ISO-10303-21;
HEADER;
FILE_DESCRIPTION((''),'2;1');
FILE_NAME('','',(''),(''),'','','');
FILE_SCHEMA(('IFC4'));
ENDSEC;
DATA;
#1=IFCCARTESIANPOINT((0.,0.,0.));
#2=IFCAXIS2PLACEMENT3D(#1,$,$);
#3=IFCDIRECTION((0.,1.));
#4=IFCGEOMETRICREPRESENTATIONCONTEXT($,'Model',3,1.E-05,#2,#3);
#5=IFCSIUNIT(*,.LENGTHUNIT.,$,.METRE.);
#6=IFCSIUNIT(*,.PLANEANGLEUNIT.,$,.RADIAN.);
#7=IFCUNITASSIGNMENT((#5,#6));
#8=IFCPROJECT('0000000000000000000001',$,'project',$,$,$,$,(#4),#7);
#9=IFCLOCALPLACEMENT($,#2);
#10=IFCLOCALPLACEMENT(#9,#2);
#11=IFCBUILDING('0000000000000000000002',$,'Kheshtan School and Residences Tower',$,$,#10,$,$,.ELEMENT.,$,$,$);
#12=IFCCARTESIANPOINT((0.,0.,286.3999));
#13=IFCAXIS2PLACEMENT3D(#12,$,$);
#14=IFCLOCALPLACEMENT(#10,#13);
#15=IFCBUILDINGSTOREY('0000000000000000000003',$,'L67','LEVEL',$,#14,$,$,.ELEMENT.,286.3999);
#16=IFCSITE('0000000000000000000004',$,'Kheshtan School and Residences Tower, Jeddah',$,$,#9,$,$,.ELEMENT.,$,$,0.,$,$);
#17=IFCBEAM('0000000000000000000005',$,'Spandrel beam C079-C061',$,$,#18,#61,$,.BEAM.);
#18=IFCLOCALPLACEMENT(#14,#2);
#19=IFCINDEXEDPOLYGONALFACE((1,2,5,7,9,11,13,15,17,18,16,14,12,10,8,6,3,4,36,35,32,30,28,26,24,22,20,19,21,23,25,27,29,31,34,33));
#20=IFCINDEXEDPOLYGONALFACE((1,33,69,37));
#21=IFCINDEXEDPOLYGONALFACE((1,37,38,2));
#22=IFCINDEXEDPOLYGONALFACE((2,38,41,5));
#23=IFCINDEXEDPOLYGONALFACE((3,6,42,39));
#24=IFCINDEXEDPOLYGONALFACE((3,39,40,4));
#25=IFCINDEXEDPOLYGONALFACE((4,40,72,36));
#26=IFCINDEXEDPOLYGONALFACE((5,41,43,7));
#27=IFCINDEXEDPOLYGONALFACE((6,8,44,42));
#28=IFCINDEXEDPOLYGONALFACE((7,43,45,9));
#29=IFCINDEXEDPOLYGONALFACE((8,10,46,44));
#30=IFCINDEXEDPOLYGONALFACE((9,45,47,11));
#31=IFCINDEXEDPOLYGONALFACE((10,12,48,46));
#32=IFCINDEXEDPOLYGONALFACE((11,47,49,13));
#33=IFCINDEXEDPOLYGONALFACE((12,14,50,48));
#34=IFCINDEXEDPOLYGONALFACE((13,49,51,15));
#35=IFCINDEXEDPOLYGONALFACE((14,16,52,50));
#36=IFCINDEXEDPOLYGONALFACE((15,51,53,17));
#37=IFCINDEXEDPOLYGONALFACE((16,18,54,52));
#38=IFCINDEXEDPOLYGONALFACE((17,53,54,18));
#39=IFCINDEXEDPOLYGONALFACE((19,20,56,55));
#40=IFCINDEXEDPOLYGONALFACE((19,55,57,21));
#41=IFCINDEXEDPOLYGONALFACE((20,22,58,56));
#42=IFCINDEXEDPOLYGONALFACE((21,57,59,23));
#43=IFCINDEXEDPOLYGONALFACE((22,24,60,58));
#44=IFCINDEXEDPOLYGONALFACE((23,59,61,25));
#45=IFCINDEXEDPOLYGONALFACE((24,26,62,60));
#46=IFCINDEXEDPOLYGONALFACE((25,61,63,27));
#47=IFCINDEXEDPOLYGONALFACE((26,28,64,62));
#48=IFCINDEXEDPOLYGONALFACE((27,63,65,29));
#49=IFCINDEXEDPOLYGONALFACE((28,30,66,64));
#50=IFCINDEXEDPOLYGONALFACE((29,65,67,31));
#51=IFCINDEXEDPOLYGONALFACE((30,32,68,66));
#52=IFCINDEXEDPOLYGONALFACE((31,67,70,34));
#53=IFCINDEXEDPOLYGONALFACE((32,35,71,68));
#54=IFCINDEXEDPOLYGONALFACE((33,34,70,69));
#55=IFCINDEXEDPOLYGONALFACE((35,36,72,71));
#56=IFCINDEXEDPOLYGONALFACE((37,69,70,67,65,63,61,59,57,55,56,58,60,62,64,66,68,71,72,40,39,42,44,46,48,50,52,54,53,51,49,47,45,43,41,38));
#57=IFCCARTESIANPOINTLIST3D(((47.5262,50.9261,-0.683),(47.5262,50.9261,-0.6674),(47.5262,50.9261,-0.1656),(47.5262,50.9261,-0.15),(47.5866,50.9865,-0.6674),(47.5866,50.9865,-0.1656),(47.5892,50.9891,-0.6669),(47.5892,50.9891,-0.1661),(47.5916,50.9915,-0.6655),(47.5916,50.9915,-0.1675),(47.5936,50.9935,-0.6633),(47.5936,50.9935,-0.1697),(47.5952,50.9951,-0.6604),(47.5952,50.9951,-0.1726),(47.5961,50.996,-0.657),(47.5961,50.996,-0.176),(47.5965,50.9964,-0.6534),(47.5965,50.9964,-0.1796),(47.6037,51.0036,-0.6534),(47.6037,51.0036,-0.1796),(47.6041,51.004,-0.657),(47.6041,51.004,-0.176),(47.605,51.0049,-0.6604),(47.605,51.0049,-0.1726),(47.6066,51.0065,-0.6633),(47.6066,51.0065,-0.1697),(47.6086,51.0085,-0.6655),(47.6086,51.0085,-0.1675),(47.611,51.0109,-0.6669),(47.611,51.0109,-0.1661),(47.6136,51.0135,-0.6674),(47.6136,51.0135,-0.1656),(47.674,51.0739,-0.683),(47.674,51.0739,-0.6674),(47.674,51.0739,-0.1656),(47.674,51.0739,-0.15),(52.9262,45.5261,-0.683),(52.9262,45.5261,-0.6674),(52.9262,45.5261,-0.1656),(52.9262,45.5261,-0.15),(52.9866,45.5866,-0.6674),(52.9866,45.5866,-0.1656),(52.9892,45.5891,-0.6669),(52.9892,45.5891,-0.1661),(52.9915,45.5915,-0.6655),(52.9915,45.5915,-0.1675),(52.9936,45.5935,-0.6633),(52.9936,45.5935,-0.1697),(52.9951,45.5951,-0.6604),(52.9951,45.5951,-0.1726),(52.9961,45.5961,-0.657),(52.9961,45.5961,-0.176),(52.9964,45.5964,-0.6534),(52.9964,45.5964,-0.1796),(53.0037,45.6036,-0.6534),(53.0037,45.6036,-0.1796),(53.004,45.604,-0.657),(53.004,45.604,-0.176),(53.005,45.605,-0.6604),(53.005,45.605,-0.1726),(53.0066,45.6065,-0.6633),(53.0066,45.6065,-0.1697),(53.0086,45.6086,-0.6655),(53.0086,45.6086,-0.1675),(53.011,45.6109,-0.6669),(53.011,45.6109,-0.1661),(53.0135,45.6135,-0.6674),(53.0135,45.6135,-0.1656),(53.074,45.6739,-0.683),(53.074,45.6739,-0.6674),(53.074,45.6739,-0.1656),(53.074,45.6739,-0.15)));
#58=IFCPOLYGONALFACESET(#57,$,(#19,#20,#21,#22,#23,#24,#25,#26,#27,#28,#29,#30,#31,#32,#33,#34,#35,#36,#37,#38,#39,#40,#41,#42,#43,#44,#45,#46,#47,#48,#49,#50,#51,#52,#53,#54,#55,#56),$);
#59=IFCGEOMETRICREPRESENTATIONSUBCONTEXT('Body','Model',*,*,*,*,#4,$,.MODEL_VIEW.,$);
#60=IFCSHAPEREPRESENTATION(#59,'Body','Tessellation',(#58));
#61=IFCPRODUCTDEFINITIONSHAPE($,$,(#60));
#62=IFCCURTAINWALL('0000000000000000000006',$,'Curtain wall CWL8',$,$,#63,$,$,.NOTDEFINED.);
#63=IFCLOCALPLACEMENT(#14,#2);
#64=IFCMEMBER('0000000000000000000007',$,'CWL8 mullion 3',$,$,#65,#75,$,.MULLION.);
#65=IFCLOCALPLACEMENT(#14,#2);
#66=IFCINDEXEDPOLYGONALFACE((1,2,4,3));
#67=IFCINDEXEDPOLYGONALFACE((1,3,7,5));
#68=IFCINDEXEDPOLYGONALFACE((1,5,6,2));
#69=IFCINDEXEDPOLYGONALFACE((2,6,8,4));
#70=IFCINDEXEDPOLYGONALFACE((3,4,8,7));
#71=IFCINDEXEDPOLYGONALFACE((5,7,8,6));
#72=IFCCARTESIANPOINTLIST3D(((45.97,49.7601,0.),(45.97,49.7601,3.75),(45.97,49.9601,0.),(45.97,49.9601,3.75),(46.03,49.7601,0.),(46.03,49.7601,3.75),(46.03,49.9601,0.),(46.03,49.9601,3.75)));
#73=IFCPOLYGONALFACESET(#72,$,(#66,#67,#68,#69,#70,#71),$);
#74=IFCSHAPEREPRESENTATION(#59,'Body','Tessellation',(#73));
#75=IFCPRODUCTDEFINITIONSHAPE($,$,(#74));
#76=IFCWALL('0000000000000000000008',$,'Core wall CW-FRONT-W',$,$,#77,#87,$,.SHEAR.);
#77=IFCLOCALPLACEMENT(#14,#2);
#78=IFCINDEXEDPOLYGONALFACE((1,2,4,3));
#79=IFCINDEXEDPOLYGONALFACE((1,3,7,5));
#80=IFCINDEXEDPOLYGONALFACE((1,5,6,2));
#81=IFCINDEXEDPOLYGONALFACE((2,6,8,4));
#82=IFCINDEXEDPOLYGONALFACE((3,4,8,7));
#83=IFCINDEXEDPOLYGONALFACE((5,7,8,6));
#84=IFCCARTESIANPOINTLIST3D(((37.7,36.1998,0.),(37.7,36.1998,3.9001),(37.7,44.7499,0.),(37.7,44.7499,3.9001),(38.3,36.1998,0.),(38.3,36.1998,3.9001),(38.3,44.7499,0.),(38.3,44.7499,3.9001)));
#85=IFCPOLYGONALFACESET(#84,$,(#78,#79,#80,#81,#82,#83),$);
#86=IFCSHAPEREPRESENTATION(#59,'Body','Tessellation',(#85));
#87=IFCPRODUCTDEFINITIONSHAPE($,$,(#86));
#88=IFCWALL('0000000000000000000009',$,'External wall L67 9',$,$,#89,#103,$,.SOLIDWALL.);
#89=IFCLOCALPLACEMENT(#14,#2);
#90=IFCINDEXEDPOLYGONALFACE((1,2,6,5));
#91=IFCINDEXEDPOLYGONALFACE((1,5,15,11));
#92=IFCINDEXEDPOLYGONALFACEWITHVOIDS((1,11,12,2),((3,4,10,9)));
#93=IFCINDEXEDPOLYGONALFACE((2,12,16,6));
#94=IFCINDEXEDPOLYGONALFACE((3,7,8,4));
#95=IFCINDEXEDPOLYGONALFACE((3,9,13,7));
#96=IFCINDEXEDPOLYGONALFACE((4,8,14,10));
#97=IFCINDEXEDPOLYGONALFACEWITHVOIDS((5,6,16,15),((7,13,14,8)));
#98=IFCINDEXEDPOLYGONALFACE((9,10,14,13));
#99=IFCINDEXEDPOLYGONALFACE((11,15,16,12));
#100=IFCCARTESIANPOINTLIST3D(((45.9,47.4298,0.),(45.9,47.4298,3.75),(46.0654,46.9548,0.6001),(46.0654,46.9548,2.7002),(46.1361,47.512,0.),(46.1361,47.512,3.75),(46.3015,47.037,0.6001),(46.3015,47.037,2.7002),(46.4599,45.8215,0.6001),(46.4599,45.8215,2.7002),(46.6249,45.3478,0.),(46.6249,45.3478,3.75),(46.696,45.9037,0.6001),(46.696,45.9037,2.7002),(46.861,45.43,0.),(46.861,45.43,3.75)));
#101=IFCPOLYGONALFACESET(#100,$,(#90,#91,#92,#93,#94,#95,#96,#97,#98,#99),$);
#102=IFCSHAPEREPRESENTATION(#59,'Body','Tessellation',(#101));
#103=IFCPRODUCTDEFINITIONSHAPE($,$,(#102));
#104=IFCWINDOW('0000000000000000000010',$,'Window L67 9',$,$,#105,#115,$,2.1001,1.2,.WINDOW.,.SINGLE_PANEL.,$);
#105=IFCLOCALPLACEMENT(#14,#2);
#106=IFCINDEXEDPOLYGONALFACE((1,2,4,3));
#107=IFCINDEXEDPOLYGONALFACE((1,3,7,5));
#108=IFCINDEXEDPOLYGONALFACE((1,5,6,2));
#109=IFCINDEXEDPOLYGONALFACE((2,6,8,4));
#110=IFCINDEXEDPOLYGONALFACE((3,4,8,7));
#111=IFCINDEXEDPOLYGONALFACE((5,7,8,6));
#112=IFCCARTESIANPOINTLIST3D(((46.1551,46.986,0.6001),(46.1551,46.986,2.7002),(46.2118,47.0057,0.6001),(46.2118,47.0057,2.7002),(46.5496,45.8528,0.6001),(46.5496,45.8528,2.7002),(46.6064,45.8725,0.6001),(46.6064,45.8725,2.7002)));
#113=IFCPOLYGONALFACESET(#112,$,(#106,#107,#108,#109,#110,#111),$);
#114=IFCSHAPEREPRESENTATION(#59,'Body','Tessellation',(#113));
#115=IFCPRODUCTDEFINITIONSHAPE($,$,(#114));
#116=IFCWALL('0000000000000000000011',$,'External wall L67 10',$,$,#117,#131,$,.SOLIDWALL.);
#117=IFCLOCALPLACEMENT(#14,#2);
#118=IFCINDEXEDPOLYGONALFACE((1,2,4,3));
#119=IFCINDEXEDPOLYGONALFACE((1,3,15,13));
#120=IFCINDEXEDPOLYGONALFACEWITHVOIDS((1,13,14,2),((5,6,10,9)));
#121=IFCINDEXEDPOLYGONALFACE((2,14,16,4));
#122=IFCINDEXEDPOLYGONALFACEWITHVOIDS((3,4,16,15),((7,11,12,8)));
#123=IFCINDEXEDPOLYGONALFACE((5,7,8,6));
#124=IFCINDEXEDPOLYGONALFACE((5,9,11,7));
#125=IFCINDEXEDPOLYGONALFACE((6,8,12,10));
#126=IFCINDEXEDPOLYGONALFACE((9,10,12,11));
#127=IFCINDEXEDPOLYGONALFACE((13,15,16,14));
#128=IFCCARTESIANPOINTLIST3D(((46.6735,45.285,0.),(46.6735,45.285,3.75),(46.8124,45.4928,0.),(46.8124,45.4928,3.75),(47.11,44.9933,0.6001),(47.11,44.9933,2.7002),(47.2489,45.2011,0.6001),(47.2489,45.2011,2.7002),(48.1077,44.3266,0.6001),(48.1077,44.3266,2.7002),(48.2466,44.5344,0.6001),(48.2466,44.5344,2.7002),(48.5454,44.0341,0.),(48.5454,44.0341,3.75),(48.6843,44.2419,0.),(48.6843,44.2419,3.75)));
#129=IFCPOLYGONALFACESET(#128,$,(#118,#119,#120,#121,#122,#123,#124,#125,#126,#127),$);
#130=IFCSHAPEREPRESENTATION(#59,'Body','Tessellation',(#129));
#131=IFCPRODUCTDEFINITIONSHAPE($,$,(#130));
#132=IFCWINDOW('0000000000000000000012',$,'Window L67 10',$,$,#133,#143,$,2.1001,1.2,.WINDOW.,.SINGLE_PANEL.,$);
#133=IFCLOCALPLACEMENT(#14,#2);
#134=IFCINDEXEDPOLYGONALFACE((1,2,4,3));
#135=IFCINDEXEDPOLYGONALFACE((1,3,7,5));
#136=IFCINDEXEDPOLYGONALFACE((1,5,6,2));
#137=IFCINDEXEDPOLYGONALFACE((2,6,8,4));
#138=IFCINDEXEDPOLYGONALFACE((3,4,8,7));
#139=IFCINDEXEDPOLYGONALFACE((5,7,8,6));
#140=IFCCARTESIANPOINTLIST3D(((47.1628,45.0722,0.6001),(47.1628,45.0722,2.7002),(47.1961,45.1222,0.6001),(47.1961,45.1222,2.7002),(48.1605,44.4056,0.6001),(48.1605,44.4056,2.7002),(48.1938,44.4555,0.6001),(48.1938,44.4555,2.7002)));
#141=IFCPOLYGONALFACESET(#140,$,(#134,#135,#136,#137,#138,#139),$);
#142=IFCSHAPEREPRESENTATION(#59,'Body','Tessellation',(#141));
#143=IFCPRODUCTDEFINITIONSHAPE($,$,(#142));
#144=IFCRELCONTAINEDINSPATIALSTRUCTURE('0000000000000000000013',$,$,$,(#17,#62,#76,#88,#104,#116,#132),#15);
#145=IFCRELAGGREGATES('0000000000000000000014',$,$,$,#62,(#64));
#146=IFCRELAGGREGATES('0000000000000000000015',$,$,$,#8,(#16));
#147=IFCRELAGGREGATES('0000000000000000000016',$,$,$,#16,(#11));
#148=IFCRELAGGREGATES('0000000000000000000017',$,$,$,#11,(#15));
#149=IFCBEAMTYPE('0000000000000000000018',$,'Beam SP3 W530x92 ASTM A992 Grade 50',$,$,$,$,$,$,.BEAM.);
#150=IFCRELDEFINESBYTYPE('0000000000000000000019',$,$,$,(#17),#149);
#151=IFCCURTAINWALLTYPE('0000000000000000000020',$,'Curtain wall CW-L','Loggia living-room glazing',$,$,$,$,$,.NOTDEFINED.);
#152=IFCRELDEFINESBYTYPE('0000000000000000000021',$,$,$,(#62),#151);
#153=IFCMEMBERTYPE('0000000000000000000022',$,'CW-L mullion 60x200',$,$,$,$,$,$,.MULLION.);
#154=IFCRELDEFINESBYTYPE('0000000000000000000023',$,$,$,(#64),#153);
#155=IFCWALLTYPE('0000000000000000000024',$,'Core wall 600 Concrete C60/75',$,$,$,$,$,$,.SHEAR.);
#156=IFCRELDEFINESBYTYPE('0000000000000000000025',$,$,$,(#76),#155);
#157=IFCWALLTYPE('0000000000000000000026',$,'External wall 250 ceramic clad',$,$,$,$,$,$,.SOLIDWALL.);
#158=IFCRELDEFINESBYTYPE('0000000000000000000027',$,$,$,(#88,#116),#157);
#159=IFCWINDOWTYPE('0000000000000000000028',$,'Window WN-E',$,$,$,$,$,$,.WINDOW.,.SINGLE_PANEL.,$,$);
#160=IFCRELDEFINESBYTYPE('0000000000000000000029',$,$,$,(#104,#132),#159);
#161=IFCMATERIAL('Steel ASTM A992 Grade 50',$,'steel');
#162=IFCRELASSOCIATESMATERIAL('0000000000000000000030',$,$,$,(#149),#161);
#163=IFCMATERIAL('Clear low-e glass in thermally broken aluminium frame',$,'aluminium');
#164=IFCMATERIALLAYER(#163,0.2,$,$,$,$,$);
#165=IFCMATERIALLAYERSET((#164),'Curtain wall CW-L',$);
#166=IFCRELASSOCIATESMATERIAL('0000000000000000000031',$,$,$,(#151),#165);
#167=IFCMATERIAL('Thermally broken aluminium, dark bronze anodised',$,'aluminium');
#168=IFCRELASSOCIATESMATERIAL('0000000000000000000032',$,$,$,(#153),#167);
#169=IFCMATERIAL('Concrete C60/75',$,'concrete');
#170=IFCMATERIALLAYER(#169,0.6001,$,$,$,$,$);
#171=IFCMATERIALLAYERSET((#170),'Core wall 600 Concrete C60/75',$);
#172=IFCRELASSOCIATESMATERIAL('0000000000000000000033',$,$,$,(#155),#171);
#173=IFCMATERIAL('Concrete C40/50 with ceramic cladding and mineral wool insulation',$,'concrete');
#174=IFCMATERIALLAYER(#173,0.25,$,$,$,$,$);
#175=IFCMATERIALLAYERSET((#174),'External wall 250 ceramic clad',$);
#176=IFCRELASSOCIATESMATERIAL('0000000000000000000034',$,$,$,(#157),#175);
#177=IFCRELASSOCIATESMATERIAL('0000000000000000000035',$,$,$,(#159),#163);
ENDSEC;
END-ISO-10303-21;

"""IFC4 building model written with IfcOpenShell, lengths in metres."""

from ifc_helpers import new_model, si_unit, direction, frame, frame_2d, origin, origin_2d, place, context, subcontext, project, spatial, rectangle, i_section, extrude, source, transform, mapped, material, layer, layer_set, material_profile, profile_set, type_object, element, fill, aggregate, save


model = new_model("IFC4")

# Units and contexts
model_context = context("Model", 3, precision=1e-05, world=origin(), true_north=direction((0.0, 1.0)))
body_context = subcontext(model_context, "Body", "Model", "MODEL_VIEW")
ifc_project = project(units=[si_unit("LENGTHUNIT", "METRE"), si_unit("PLANEANGLEUNIT", "RADIAN")], contexts=[model_context])

# Site, building, storey
site_placement = place(None, origin())
site = spatial("IfcSite", under=ifc_project, at=site_placement, Name="Kheshtan School and Residences Tower, Jeddah", CompositionType="ELEMENT", RefElevation=0.0)
building_placement = place(site_placement, origin())
building = spatial("IfcBuilding", under=site, at=building_placement, Name="Kheshtan School and Residences Tower", CompositionType="ELEMENT")
storey_placement = place(building_placement, frame((0.0, 0.0, 286.3999)))
storey = spatial("IfcBuildingStorey", under=building, at=storey_placement, Name="L67", Description="LEVEL", CompositionType="ELEMENT", Elevation=286.3999)

# Shared definitions
ifc_material_1 = material(Name="Steel ASTM A992 Grade 50", Category="steel")

# Beam
ifc_material_profile_1 = material_profile(ifc_material_1, i_section(OverallWidth=0.209, OverallDepth=0.533, WebThickness=0.0103, FlangeThickness=0.0156, FilletRadius=0.0139, at=origin_2d()), Name="W530x92")
ifc_profile_set_1 = profile_set([ifc_material_profile_1], Name="Steel ASTM A992 Grade 50")
beam_type_1 = type_object("IfcBeamType", Name="Beam SP3 W530x92 ASTM A992 Grade 50", PredefinedType="BEAM", material=ifc_profile_set_1)
beam_1_placement = place(storey_placement, frame((47.6001, 51.0, -0.4165), z_axis=(0.707107, -0.707107, 0.0), x_axis=(0.707107, 0.707107, 0.0)))
element("IfcBeam", 1, at=beam_1_placement, inside=storey, type_object=beam_type_1, Name="Spandrel beam C079-C061", PredefinedType="BEAM", context=body_context, shape_type="SweptSolid", body=[
    extrude(i_section(OverallWidth=0.209, OverallDepth=0.533, WebThickness=0.0103, FlangeThickness=0.0156, FilletRadius=0.0139, at=origin_2d()), origin(), (0.0, 0.0, 1.0), 7.6367),
])

# Curtain wall, member
ifc_material_2 = material(Name="Clear low-e glass in thermally broken aluminium frame", Category="aluminium")
ifc_layer_1 = layer(ifc_material_2, 0.2)
ifc_layer_set_1 = layer_set([ifc_layer_1], Name="Curtain wall CW-L")
curtain_wall_type = type_object("IfcCurtainWallType", Name="Curtain wall CW-L", Description="Loggia living-room glazing", PredefinedType="NOTDEFINED", material=ifc_layer_set_1)
curtain_wall_placement = place(storey_placement, origin())
curtain_wall = element("IfcCurtainWall", 2, at=curtain_wall_placement, inside=storey, type_object=curtain_wall_type, Name="Curtain wall CWL8", PredefinedType="NOTDEFINED")
ifc_material_3 = material(Name="Thermally broken aluminium, dark bronze anodised", Category="aluminium")
ifc_material_profile_2 = material_profile(ifc_material_3, rectangle(XDim=0.0601, YDim=0.2, at=origin_2d()), Name="CW-L mullion 60x200")
ifc_profile_set_2 = profile_set([ifc_material_profile_2], Name="Thermally broken aluminium, dark bronze anodised")
member_type = type_object("IfcMemberType", Name="CW-L mullion 60x200", PredefinedType="MULLION", material=ifc_profile_set_2)
member_placement = place(storey_placement, frame((46.0, 49.8601, 0.0), z_axis=(0.0, 0.0, 1.0), x_axis=(1.0, 0.0, 0.0)))
member = element("IfcMember", 3, at=member_placement, type_object=member_type, Name="CWL8 mullion 3", PredefinedType="MULLION", context=body_context, shape_type="SweptSolid", body=[
    extrude(rectangle(XDim=0.0601, YDim=0.2, at=origin_2d()), origin(), (0.0, 0.0, 1.0), 3.75),
])
aggregate(curtain_wall, [member])

# Wall
ifc_material_4 = material(Name="Concrete C60/75", Category="concrete")
ifc_layer_2 = layer(ifc_material_4, 0.6001)
ifc_layer_set_2 = layer_set([ifc_layer_2], Name="Core wall 600 Concrete C60/75")
wall_type_1 = type_object("IfcWallType", Name="Core wall 600 Concrete C60/75", PredefinedType="SHEAR", material=ifc_layer_set_2)
wall_1_placement = place(storey_placement, frame((38.0, 36.2, 0.0), z_axis=(0.0, 0.0, 1.0), x_axis=(0.0, 1.0, 0.0)))
element("IfcWall", 4, at=wall_1_placement, inside=storey, type_object=wall_type_1, Name="Core wall CW-FRONT-W", PredefinedType="SHEAR", context=body_context, shape_type="SweptSolid", body=[
    extrude(rectangle(XDim=8.55, YDim=0.6001, at=frame_2d((4.2749, 0.0))), origin(), (0.0, 0.0, 1.0), 3.9001),
])

# Walls, openings, windows
ifc_material_5 = material(Name="Concrete C40/50 with ceramic cladding and mineral wool insulation", Category="concrete")
ifc_layer_3 = layer(ifc_material_5, 0.25)
ifc_layer_set_3 = layer_set([ifc_layer_3], Name="External wall 250 ceramic clad")
wall_type_2 = type_object("IfcWallType", Name="External wall 250 ceramic clad", PredefinedType="SOLIDWALL", material=ifc_layer_set_3)
wall_2_placement = place(storey_placement, frame((46.0181, 47.4709, 0.0), z_axis=(0.0, 0.0, 1.0), x_axis=(0.328791, -0.944403, 0.0)))
wall_2 = element("IfcWall", 5, at=wall_2_placement, inside=storey, type_object=wall_type_2, Name="External wall L67 9", PredefinedType="SOLIDWALL", context=body_context, shape_type="SweptSolid", body=[
    extrude(rectangle(XDim=2.2046, YDim=0.25, at=frame_2d((1.1023, 0.0))), origin(), (0.0, 0.0, 1.0), 3.75),
])
opening_1_placement = place(wall_2_placement, frame((0.5029, 0.0, 0.6001)))
opening_1 = element("IfcOpeningElement", 6, at=opening_1_placement, cuts=wall_2, PredefinedType="OPENING", context=body_context, shape_type="SweptSolid", body=[
    extrude(rectangle(XDim=1.2, YDim=2.1001, at=frame_2d((0.6001, 1.05))), frame((0.0, 0.135, 0.0), z_axis=(0.0, -1.0, 0.0), x_axis=(1.0, 0.0, 0.0)), (0.0, 0.0, 1.0), 0.27),
])
window_type = type_object("IfcWindowType", Name="Window WN-E", PartitioningType="SINGLE_PANEL", PredefinedType="WINDOW", material=ifc_material_2)
shared_shape_1 = source(origin(), body_context, "Body", "SweptSolid", [
    extrude(rectangle(XDim=1.2, YDim=2.1001, at=frame_2d((0.6001, 1.05))), frame((0.0, 0.03, 0.0), z_axis=(0.0, -1.0, 0.0), x_axis=(1.0, 0.0, 0.0)), (0.0, 0.0, 1.0), 0.0601),
])
window_1_placement = place(opening_1_placement, origin())
window_1 = element("IfcWindow", 7, at=window_1_placement, inside=storey, type_object=window_type, Name="Window L67 9", OverallHeight=2.1001, OverallWidth=1.2, PartitioningType="SINGLE_PANEL", PredefinedType="WINDOW", context=body_context, shape_type="MappedRepresentation", body=[
    mapped(shared_shape_1, transform((0.0, 0.0, 0.0), x_axis=(1.0, 0.0, 0.0), y_axis=(0.0, 1.0, 0.0), z_axis=(0.0, 0.0, 1.0), scale=1.0)),
])
fill(opening_1, window_1)
wall_3_placement = place(storey_placement, frame((46.7429, 45.3889, 0.0), z_axis=(0.0, 0.0, 1.0), x_axis=(0.831449, -0.555601, 0.0)))
wall_3 = element("IfcWall", 8, at=wall_3_placement, inside=storey, type_object=wall_type_2, Name="External wall L67 10", PredefinedType="SOLIDWALL", context=body_context, shape_type="SweptSolid", body=[
    extrude(rectangle(XDim=2.2515, YDim=0.25, at=frame_2d((1.1257, 0.0))), origin(), (0.0, 0.0, 1.0), 3.75),
])
opening_2_placement = place(wall_3_placement, frame((0.5249, 0.0, 0.6001)))
opening_2 = element("IfcOpeningElement", 9, at=opening_2_placement, cuts=wall_3, PredefinedType="OPENING", context=body_context, shape_type="SweptSolid", body=[
    extrude(rectangle(XDim=1.2, YDim=2.1001, at=frame_2d((0.6001, 1.05))), frame((0.0, 0.135, 0.0), z_axis=(0.0, -1.0, 0.0), x_axis=(1.0, 0.0, 0.0)), (0.0, 0.0, 1.0), 0.27),
])
window_2_placement = place(opening_2_placement, origin())
window_2 = element("IfcWindow", 10, at=window_2_placement, inside=storey, type_object=window_type, Name="Window L67 10", OverallHeight=2.1001, OverallWidth=1.2, PartitioningType="SINGLE_PANEL", PredefinedType="WINDOW", context=body_context, shape_type="MappedRepresentation", body=[
    mapped(shared_shape_1, transform((0.0, 0.0, 0.0), x_axis=(1.0, 0.0, 0.0), y_axis=(0.0, 1.0, 0.0), z_axis=(0.0, 0.0, 1.0), scale=1.0)),
])
fill(opening_2, window_2)

save(model, "model.ifc")
